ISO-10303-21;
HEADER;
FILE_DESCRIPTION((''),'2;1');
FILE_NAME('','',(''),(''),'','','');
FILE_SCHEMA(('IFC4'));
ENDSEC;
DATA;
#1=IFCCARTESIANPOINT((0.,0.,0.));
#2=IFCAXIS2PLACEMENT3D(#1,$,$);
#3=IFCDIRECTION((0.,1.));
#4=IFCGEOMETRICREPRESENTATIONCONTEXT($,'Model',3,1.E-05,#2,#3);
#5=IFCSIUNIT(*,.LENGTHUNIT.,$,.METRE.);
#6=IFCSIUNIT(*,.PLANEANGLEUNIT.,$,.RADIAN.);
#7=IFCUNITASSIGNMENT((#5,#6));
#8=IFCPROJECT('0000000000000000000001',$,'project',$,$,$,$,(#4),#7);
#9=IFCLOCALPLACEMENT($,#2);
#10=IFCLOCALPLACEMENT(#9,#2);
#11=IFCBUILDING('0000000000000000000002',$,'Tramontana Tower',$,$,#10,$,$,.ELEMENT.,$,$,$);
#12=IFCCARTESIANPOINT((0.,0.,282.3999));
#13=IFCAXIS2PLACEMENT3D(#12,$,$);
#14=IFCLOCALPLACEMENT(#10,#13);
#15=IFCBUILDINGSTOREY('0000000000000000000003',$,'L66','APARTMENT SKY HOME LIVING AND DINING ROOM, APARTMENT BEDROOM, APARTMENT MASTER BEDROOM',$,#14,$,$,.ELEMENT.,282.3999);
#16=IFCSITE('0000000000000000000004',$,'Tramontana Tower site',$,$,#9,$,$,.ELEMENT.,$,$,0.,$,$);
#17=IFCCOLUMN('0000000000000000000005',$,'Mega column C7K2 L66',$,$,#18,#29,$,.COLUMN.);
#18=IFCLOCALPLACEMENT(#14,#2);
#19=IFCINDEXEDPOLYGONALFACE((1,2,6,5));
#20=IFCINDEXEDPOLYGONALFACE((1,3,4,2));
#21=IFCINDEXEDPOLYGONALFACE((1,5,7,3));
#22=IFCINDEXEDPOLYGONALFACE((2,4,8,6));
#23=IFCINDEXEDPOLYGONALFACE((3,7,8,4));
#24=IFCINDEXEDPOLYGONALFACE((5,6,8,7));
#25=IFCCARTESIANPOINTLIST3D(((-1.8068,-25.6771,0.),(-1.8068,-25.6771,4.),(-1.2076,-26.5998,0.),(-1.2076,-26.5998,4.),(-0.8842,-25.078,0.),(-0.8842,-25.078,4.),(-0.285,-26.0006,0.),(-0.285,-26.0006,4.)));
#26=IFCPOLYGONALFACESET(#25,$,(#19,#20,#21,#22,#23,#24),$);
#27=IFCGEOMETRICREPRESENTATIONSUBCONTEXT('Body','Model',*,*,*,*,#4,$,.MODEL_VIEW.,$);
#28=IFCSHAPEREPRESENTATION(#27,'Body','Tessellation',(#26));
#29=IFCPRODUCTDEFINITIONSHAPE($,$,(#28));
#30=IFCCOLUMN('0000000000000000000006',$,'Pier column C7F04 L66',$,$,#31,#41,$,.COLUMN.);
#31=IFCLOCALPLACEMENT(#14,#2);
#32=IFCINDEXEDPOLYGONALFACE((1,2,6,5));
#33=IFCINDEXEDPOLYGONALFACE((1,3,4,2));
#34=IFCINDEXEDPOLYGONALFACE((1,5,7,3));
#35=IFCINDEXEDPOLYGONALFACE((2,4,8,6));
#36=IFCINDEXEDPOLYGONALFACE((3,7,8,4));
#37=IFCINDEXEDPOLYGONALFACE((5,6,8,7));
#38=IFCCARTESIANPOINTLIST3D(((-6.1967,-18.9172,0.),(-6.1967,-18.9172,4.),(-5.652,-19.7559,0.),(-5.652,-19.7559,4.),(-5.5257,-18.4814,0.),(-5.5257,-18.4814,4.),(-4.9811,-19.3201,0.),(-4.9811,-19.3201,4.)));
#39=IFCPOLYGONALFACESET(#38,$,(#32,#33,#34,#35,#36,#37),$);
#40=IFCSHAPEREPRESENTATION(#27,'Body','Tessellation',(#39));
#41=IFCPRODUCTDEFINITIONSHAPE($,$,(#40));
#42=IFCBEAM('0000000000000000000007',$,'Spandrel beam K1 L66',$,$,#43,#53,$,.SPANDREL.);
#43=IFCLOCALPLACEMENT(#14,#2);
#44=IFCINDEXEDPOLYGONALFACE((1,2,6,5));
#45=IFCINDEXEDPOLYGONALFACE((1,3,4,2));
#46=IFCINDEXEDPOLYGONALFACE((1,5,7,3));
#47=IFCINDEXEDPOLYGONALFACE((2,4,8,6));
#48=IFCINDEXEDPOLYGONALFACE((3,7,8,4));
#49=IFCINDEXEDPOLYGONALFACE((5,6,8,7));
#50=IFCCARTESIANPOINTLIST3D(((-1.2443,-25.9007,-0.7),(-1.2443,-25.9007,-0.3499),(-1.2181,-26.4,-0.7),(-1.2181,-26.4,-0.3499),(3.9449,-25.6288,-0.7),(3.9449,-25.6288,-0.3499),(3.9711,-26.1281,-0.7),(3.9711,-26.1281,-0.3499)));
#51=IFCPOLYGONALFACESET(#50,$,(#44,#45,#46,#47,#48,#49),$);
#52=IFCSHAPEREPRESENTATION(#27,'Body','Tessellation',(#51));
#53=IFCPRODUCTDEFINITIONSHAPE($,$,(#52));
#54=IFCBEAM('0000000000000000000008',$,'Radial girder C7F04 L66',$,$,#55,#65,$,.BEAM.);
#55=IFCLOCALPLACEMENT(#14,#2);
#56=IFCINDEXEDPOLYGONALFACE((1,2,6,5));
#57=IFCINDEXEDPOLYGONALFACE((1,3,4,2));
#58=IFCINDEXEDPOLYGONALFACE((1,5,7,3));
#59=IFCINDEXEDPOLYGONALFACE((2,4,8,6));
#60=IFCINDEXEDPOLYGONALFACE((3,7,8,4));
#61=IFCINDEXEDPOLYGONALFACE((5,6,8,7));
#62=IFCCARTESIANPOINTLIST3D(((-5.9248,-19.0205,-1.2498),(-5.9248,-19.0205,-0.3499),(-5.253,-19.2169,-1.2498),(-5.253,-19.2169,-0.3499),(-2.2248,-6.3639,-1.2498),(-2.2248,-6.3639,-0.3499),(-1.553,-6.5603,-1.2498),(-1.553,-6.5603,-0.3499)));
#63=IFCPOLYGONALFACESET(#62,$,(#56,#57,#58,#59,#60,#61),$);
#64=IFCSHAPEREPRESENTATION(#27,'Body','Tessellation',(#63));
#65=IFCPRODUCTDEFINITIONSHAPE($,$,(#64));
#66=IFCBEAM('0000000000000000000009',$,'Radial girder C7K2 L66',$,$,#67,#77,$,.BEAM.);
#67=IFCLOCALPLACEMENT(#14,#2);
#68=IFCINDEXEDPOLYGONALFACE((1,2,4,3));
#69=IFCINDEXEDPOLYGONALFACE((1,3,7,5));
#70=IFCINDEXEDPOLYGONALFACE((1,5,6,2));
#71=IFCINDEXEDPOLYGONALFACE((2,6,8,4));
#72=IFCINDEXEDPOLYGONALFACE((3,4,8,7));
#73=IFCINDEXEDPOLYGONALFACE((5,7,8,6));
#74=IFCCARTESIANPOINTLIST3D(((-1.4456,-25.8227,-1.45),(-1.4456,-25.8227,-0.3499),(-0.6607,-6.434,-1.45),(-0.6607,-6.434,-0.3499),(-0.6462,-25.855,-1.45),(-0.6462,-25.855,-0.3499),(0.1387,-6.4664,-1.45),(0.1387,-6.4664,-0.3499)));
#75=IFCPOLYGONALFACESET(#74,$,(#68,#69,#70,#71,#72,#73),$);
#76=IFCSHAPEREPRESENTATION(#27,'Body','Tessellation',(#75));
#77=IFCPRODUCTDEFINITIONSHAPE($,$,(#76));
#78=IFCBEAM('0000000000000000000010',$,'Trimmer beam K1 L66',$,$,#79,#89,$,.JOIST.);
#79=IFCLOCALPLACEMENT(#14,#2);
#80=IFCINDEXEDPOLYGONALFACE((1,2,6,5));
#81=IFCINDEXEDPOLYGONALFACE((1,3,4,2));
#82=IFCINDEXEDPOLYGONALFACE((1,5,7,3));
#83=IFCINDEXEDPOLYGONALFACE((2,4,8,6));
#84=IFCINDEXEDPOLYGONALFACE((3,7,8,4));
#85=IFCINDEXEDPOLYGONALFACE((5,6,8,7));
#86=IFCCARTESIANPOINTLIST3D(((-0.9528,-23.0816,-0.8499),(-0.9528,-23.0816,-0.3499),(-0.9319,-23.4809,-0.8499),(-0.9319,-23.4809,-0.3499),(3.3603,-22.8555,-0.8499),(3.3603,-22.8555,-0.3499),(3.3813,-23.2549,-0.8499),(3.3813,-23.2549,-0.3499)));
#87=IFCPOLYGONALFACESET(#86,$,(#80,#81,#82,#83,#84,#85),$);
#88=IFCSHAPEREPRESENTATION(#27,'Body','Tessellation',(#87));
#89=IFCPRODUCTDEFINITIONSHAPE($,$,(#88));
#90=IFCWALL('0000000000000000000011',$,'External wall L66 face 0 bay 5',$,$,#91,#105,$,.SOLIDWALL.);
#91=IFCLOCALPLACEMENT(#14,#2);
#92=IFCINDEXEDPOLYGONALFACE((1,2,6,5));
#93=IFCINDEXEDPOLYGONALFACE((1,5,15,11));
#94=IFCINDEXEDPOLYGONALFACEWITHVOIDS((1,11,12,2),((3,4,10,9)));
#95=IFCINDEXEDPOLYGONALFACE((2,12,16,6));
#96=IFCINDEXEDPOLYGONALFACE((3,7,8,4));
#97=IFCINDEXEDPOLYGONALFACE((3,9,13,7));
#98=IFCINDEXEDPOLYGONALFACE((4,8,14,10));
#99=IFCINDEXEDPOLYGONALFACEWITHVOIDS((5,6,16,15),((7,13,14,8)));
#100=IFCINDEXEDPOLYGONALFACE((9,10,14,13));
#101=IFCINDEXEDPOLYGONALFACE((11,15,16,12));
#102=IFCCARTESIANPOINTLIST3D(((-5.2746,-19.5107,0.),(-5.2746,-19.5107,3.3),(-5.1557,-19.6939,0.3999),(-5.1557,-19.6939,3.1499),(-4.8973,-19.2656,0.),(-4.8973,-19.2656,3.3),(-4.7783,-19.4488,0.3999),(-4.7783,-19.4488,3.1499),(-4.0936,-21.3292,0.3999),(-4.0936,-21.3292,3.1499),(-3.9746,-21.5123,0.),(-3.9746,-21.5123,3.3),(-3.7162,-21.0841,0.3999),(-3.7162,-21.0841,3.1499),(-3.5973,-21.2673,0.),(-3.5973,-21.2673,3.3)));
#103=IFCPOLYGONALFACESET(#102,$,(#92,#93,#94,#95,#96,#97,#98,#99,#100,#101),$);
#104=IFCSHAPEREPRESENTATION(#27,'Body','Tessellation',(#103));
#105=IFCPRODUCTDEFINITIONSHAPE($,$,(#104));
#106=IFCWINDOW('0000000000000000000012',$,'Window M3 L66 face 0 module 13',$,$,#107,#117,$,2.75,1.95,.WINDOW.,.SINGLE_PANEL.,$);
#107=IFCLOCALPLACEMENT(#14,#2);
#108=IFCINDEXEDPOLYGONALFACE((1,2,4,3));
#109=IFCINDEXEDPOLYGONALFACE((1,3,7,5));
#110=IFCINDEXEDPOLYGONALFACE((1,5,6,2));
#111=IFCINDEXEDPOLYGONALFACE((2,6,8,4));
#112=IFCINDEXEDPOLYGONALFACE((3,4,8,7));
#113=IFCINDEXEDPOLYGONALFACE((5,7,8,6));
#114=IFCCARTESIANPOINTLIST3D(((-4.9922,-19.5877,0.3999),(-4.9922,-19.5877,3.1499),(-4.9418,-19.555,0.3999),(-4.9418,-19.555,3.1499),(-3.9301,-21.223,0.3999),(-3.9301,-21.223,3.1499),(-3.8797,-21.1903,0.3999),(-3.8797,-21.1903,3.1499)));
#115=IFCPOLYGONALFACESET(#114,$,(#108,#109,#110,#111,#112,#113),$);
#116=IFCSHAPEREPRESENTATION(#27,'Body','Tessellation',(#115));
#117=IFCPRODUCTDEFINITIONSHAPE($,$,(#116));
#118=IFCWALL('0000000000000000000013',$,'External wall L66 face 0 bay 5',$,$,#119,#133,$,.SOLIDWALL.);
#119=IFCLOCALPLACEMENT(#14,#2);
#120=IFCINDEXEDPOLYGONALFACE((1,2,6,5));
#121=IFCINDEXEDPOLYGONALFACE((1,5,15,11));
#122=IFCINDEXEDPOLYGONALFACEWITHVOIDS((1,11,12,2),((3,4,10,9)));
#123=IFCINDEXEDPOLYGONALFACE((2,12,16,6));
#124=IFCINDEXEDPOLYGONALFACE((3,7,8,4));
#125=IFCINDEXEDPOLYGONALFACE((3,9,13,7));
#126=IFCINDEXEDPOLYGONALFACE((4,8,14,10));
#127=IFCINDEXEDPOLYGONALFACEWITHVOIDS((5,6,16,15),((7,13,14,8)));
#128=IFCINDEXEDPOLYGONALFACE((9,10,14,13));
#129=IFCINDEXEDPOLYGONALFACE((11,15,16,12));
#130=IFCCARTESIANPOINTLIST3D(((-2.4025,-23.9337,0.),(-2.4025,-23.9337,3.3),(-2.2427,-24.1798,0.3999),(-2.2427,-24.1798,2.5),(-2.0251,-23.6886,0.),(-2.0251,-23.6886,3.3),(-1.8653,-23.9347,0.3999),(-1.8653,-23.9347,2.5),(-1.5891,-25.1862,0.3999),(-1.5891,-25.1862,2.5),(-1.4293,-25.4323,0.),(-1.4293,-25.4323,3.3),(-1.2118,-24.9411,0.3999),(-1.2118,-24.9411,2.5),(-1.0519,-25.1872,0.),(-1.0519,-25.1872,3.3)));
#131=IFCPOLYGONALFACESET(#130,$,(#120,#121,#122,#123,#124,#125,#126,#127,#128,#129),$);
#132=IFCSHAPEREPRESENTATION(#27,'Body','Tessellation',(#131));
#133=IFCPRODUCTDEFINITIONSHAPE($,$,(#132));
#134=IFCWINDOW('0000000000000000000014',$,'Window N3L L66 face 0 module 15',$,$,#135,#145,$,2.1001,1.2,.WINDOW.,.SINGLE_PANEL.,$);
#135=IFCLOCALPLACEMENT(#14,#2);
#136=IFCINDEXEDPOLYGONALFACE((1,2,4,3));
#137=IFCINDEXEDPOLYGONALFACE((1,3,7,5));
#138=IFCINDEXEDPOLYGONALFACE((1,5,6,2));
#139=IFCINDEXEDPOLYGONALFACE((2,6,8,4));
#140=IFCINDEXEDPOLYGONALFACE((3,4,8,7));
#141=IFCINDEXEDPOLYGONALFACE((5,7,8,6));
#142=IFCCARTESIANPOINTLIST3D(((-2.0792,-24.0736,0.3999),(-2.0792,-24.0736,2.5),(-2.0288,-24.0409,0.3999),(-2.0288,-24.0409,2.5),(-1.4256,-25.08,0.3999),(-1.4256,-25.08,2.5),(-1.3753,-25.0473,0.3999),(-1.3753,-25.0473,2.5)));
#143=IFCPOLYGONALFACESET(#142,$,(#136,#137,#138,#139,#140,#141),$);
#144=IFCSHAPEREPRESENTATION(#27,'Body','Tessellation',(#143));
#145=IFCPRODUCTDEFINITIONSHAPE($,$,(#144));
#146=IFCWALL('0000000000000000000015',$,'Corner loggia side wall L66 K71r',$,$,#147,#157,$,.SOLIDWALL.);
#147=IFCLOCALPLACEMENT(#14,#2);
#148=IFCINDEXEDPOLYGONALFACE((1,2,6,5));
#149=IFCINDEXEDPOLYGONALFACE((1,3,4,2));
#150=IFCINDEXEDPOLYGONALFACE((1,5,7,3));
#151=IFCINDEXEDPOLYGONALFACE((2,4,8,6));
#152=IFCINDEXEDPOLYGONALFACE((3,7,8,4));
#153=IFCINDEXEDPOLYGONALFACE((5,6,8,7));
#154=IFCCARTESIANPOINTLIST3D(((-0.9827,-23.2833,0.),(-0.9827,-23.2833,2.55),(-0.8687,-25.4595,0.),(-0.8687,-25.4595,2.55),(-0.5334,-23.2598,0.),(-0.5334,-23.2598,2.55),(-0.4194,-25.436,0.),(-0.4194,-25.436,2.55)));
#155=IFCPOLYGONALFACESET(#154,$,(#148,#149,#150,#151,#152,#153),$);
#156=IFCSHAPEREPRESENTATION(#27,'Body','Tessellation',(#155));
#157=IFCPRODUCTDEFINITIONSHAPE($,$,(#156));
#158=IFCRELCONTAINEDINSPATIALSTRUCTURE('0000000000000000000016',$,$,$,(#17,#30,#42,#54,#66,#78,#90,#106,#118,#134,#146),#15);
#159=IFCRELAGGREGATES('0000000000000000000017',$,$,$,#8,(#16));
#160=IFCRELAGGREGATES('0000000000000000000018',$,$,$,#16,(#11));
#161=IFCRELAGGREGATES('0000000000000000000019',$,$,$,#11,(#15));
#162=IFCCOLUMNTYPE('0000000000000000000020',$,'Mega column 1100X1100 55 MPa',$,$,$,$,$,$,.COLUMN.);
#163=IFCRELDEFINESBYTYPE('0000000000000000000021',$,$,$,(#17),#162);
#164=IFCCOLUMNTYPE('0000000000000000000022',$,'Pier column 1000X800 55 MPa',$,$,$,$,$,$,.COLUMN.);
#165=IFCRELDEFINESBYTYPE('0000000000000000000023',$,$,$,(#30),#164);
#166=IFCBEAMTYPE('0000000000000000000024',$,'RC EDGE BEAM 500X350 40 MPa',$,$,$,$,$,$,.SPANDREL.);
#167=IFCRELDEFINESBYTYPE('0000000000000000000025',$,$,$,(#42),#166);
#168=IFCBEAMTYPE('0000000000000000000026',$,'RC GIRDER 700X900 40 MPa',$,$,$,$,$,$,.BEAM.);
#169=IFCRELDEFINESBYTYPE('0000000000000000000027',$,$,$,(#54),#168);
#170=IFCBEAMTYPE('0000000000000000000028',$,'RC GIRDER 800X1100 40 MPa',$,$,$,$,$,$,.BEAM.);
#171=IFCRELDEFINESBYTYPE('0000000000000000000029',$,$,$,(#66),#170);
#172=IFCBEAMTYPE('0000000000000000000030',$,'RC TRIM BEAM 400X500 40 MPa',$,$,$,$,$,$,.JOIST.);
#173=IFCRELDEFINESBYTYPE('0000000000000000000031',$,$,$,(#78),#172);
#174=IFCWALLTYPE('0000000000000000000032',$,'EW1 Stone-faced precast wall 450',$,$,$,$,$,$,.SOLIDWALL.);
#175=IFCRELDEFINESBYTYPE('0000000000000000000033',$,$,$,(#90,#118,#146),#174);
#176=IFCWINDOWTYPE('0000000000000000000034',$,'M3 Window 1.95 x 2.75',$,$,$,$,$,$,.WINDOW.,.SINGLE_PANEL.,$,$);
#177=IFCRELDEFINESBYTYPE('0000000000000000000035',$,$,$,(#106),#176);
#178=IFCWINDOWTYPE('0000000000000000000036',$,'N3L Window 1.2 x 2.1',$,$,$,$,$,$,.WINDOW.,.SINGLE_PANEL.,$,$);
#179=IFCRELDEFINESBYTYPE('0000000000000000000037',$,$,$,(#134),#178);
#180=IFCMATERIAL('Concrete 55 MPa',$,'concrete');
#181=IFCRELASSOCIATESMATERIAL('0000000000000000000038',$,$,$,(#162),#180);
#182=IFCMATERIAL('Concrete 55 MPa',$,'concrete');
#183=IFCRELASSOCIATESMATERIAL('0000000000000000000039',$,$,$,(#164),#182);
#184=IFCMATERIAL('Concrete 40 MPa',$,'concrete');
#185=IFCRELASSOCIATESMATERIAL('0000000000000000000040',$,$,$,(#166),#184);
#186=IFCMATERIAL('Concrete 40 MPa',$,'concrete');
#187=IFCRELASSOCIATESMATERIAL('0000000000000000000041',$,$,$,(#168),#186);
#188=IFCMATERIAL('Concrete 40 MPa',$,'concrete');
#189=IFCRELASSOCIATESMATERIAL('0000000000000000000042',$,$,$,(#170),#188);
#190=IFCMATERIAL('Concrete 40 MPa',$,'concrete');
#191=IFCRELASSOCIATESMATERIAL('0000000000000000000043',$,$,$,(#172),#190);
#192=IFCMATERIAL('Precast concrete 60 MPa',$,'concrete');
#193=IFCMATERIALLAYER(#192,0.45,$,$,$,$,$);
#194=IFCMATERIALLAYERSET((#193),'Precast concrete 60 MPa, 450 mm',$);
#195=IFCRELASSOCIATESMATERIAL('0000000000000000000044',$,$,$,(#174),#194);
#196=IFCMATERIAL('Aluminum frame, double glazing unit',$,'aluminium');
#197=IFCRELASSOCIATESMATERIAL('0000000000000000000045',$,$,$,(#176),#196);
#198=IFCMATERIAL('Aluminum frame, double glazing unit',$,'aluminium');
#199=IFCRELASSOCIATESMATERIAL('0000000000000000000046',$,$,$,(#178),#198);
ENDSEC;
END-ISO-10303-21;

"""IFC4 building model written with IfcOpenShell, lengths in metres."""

from ifc_helpers import new_model, si_unit, direction, frame, frame_2d, origin, origin_2d, place, context, subcontext, project, spatial, rectangle, extrude, material, layer, layer_set, material_profile, profile_set, type_object, element, fill, save


model = new_model("IFC4")

# Units and contexts
model_context = context("Model", 3, precision=1e-05, world=origin(), true_north=direction((0.0, 1.0)))
body_context = subcontext(model_context, "Body", "Model", "MODEL_VIEW")
ifc_project = project(units=[si_unit("LENGTHUNIT", "METRE"), si_unit("PLANEANGLEUNIT", "RADIAN")], contexts=[model_context])

# Site, building, storey
site_placement = place(None, origin())
site = spatial("IfcSite", under=ifc_project, at=site_placement, Name="Tramontana Tower site", CompositionType="ELEMENT", RefElevation=0.0)
building_placement = place(site_placement, origin())
building = spatial("IfcBuilding", under=site, at=building_placement, Name="Tramontana Tower", CompositionType="ELEMENT")
storey_placement = place(building_placement, frame((0.0, 0.0, 282.3999)))
storey = spatial("IfcBuildingStorey", under=building, at=storey_placement, Name="L66", Description="APARTMENT SKY HOME LIVING AND DINING ROOM, APARTMENT BEDROOM, APARTMENT MASTER BEDROOM", CompositionType="ELEMENT", Elevation=282.3999)

# Columns
ifc_material_1 = material(Name="Concrete 55 MPa", Category="concrete")
ifc_material_profile_1 = material_profile(ifc_material_1, rectangle(XDim=1.1001, YDim=1.1001, at=origin_2d()), Name="Mega column 1100X1100 55 MPa")
ifc_profile_set_1 = profile_set([ifc_material_profile_1], Name="Concrete 55 MPa")
column_type_1 = type_object("IfcColumnType", Name="Mega column 1100X1100 55 MPa", PredefinedType="COLUMN", material=ifc_profile_set_1)
column_1_placement = place(storey_placement, frame((-1.0459, -25.8389, 0.0), z_axis=(0.0, 0.0, 1.0), x_axis=(0.544639, -0.838671, 0.0)))
element("IfcColumn", 1, at=column_1_placement, inside=storey, type_object=column_type_1, Name="Mega column C7K2 L66", PredefinedType="COLUMN", context=body_context, shape_type="SweptSolid", body=[
    extrude(rectangle(XDim=1.1001, YDim=1.1001, at=origin_2d()), origin(), (0.0, 0.0, 1.0), 4.0),
])
ifc_material_2 = material(Name="Concrete 55 MPa", Category="concrete")
ifc_material_profile_2 = material_profile(ifc_material_2, rectangle(XDim=1.0, YDim=0.8, at=origin_2d()), Name="Pier column 1000X800 55 MPa")
ifc_profile_set_2 = profile_set([ifc_material_profile_2], Name="Concrete 55 MPa")
column_type_2 = type_object("IfcColumnType", Name="Pier column 1000X800 55 MPa", PredefinedType="COLUMN", material=ifc_profile_set_2)
column_2_placement = place(storey_placement, frame((-5.5889, -19.1187, 0.0), z_axis=(0.0, 0.0, 1.0), x_axis=(0.544639, -0.838671, 0.0)))
element("IfcColumn", 2, at=column_2_placement, inside=storey, type_object=column_type_2, Name="Pier column C7F04 L66", PredefinedType="COLUMN", context=body_context, shape_type="SweptSolid", body=[
    extrude(rectangle(XDim=1.0, YDim=0.8, at=origin_2d()), origin(), (0.0, 0.0, 1.0), 4.0),
])

# Beams
ifc_material_3 = material(Name="Concrete 40 MPa", Category="concrete")
ifc_material_profile_3 = material_profile(ifc_material_3, rectangle(XDim=0.5, YDim=0.3501, at=origin_2d()), Name="RC EDGE BEAM 500X350 40 MPa")
ifc_profile_set_3 = profile_set([ifc_material_profile_3], Name="Concrete 40 MPa")
beam_type_1 = type_object("IfcBeamType", Name="RC EDGE BEAM 500X350 40 MPa", PredefinedType="SPANDREL", material=ifc_profile_set_3)
beam_1_placement = place(storey_placement, frame((-1.2312, -26.1504, -0.5249), z_axis=(0.998629, 0.052339, 0.0), x_axis=(-0.052339, 0.998629, 0.0)))
element("IfcBeam", 3, at=beam_1_placement, inside=storey, type_object=beam_type_1, Name="Spandrel beam K1 L66", PredefinedType="SPANDREL", context=body_context, shape_type="SweptSolid", body=[
    extrude(rectangle(XDim=0.5, YDim=0.3501, at=origin_2d()), origin(), (0.0, 0.0, 1.0), 5.1963),
])
ifc_material_4 = material(Name="Concrete 40 MPa", Category="concrete")
ifc_material_profile_4 = material_profile(ifc_material_4, rectangle(XDim=0.7, YDim=0.8999, at=origin_2d()), Name="RC GIRDER 700X900 40 MPa")
ifc_profile_set_4 = profile_set([ifc_material_profile_4], Name="Concrete 40 MPa")
beam_type_2 = type_object("IfcBeamType", Name="RC GIRDER 700X900 40 MPa", PredefinedType="BEAM", material=ifc_profile_set_4)
beam_2_placement = place(storey_placement, frame((-5.5889, -19.1187, -0.7998), z_axis=(0.280592, 0.959827, 0.0), x_axis=(-0.959827, 0.280592, 0.0)))
element("IfcBeam", 4, at=beam_2_placement, inside=storey, type_object=beam_type_2, Name="Radial girder C7F04 L66", PredefinedType="BEAM", context=body_context, shape_type="SweptSolid", body=[
    extrude(rectangle(XDim=0.7, YDim=0.8999, at=origin_2d()), origin(), (0.0, 0.0, 1.0), 13.1863),
])
ifc_material_5 = material(Name="Concrete 40 MPa", Category="concrete")
ifc_material_profile_5 = material_profile(ifc_material_5, rectangle(XDim=0.8, YDim=1.1001, at=origin_2d()), Name="RC GIRDER 800X1100 40 MPa")
ifc_profile_set_5 = profile_set([ifc_material_profile_5], Name="Concrete 40 MPa")
beam_type_3 = type_object("IfcBeamType", Name="RC GIRDER 800X1100 40 MPa", PredefinedType="BEAM", material=ifc_profile_set_5)
beam_3_placement = place(storey_placement, frame((-1.0459, -25.8389, -0.8999), z_axis=(0.04045, 0.999182, 0.0), x_axis=(-0.999182, 0.04045, 0.0)))
element("IfcBeam", 5, at=beam_3_placement, inside=storey, type_object=beam_type_3, Name="Radial girder C7K2 L66", PredefinedType="BEAM", context=body_context, shape_type="SweptSolid", body=[
    extrude(rectangle(XDim=0.8, YDim=1.1001, at=origin_2d()), origin(), (0.0, 0.0, 1.0), 19.4045),
])
ifc_material_6 = material(Name="Concrete 40 MPa", Category="concrete")
ifc_material_profile_6 = material_profile(ifc_material_6, rectangle(XDim=0.3999, YDim=0.5, at=origin_2d()), Name="RC TRIM BEAM 400X500 40 MPa")
ifc_profile_set_6 = profile_set([ifc_material_profile_6], Name="Concrete 40 MPa")
beam_type_4 = type_object("IfcBeamType", Name="RC TRIM BEAM 400X500 40 MPa", PredefinedType="JOIST", material=ifc_profile_set_6)
beam_4_placement = place(storey_placement, frame((-0.9424, -23.2812, -0.5999), z_axis=(0.998629, 0.052342, 0.0), x_axis=(-0.052342, 0.998629, 0.0)))
element("IfcBeam", 6, at=beam_4_placement, inside=storey, type_object=beam_type_4, Name="Trimmer beam K1 L66", PredefinedType="JOIST", context=body_context, shape_type="SweptSolid", body=[
    extrude(rectangle(XDim=0.3999, YDim=0.5, at=origin_2d()), origin(), (0.0, 0.0, 1.0), 4.3191),
])

# Walls, openings, windows
ifc_material_7 = material(Name="Precast concrete 60 MPa", Category="concrete")
ifc_layer_1 = layer(ifc_material_7, 0.45)
ifc_layer_set_1 = layer_set([ifc_layer_1], Name="Precast concrete 60 MPa, 450 mm")
wall_type_1 = type_object("IfcWallType", Name="EW1 Stone-faced precast wall 450", PredefinedType="SOLIDWALL", material=ifc_layer_set_1)
wall_1_placement = place(storey_placement, frame((-5.0859, -19.3882, 0.0), z_axis=(0.0, 0.0, 1.0), x_axis=(0.544676, -0.838647, 0.0)))
wall_1 = element("IfcWall", 7, at=wall_1_placement, inside=storey, type_object=wall_type_1, Name="External wall L66 face 0 bay 5", PredefinedType="SOLIDWALL", context=body_context, shape_type="SweptSolid", body=[
    extrude(rectangle(XDim=2.3867, YDim=0.45, at=frame_2d((1.1934, 0.0))), origin(), (0.0, 0.0, 1.0), 3.3),
])
opening_1_placement = place(wall_1_placement, frame((0.2183, 0.0, 0.3999)))
opening_1 = element("IfcOpeningElement", 8, at=opening_1_placement, cuts=wall_1, PredefinedType="OPENING", context=body_context, shape_type="SweptSolid", body=[
    extrude(rectangle(XDim=1.95, YDim=2.75, at=frame_2d((0.9751, 1.375))), frame((0.0, 0.2349, 0.0), z_axis=(0.0, -1.0, 0.0), x_axis=(1.0, 0.0, 0.0)), (0.0, 0.0, 1.0), 0.47),
])
ifc_material_8 = material(Name="Aluminum frame, double glazing unit", Category="aluminium")
window_type_1 = type_object("IfcWindowType", Name="M3 Window 1.95 x 2.75", PartitioningType="SINGLE_PANEL", PredefinedType="WINDOW", material=ifc_material_8)
window_1_placement = place(opening_1_placement, origin())
window_1 = element("IfcWindow", 9, at=window_1_placement, inside=storey, type_object=window_type_1, Name="Window M3 L66 face 0 module 13", OverallHeight=2.75, OverallWidth=1.95, PartitioningType="SINGLE_PANEL", PredefinedType="WINDOW", context=body_context, shape_type="SweptSolid", body=[
    extrude(rectangle(XDim=1.95, YDim=2.75, at=frame_2d((0.9751, 1.375))), frame((0.0, 0.03, 0.0), z_axis=(0.0, -1.0, 0.0), x_axis=(1.0, 0.0, 0.0)), (0.0, 0.0, 1.0), 0.0601),
])
fill(opening_1, window_1)
wall_2_placement = place(storey_placement, frame((-2.2139, -23.811, 0.0), z_axis=(0.0, 0.0, 1.0), x_axis=(0.544633, -0.838675, 0.0)))
wall_2 = element("IfcWall", 10, at=wall_2_placement, inside=storey, type_object=wall_type_1, Name="External wall L66 face 0 bay 5", PredefinedType="SOLIDWALL", context=body_context, shape_type="SweptSolid", body=[
    extrude(rectangle(XDim=1.7869, YDim=0.45, at=frame_2d((0.8936, 0.0))), origin(), (0.0, 0.0, 1.0), 3.3),
])
opening_2_placement = place(wall_2_placement, frame((0.2935, 0.0, 0.3999)))
opening_2 = element("IfcOpeningElement", 11, at=opening_2_placement, cuts=wall_2, PredefinedType="OPENING", context=body_context, shape_type="SweptSolid", body=[
    extrude(rectangle(XDim=1.2, YDim=2.1001, at=frame_2d((0.6001, 1.05))), frame((0.0, 0.2349, 0.0), z_axis=(0.0, -1.0, 0.0), x_axis=(1.0, 0.0, 0.0)), (0.0, 0.0, 1.0), 0.47),
])
ifc_material_9 = material(Name="Aluminum frame, double glazing unit", Category="aluminium")
window_type_2 = type_object("IfcWindowType", Name="N3L Window 1.2 x 2.1", PartitioningType="SINGLE_PANEL", PredefinedType="WINDOW", material=ifc_material_9)
window_2_placement = place(opening_2_placement, origin())
window_2 = element("IfcWindow", 12, at=window_2_placement, inside=storey, type_object=window_type_2, Name="Window N3L L66 face 0 module 15", OverallHeight=2.1001, OverallWidth=1.2, PartitioningType="SINGLE_PANEL", PredefinedType="WINDOW", context=body_context, shape_type="SweptSolid", body=[
    extrude(rectangle(XDim=1.2, YDim=2.1001, at=frame_2d((0.6001, 1.05))), frame((0.0, 0.03, 0.0), z_axis=(0.0, -1.0, 0.0), x_axis=(1.0, 0.0, 0.0)), (0.0, 0.0, 1.0), 0.0601),
])
fill(opening_2, window_2)

# Wall
wall_3_placement = place(storey_placement, frame((-0.644, -25.4478, 0.0), z_axis=(0.0, 0.0, 1.0), x_axis=(-0.052318, 0.99863, 0.0)))
element("IfcWall", 13, at=wall_3_placement, inside=storey, type_object=wall_type_1, Name="Corner loggia side wall L66 K71r", PredefinedType="SOLIDWALL", context=body_context, shape_type="SweptSolid", body=[
    extrude(rectangle(XDim=2.1792, YDim=0.45, at=frame_2d((1.0896, 0.0))), origin(), (0.0, 0.0, 1.0), 2.55),
])

save(model, "model.ifc")
